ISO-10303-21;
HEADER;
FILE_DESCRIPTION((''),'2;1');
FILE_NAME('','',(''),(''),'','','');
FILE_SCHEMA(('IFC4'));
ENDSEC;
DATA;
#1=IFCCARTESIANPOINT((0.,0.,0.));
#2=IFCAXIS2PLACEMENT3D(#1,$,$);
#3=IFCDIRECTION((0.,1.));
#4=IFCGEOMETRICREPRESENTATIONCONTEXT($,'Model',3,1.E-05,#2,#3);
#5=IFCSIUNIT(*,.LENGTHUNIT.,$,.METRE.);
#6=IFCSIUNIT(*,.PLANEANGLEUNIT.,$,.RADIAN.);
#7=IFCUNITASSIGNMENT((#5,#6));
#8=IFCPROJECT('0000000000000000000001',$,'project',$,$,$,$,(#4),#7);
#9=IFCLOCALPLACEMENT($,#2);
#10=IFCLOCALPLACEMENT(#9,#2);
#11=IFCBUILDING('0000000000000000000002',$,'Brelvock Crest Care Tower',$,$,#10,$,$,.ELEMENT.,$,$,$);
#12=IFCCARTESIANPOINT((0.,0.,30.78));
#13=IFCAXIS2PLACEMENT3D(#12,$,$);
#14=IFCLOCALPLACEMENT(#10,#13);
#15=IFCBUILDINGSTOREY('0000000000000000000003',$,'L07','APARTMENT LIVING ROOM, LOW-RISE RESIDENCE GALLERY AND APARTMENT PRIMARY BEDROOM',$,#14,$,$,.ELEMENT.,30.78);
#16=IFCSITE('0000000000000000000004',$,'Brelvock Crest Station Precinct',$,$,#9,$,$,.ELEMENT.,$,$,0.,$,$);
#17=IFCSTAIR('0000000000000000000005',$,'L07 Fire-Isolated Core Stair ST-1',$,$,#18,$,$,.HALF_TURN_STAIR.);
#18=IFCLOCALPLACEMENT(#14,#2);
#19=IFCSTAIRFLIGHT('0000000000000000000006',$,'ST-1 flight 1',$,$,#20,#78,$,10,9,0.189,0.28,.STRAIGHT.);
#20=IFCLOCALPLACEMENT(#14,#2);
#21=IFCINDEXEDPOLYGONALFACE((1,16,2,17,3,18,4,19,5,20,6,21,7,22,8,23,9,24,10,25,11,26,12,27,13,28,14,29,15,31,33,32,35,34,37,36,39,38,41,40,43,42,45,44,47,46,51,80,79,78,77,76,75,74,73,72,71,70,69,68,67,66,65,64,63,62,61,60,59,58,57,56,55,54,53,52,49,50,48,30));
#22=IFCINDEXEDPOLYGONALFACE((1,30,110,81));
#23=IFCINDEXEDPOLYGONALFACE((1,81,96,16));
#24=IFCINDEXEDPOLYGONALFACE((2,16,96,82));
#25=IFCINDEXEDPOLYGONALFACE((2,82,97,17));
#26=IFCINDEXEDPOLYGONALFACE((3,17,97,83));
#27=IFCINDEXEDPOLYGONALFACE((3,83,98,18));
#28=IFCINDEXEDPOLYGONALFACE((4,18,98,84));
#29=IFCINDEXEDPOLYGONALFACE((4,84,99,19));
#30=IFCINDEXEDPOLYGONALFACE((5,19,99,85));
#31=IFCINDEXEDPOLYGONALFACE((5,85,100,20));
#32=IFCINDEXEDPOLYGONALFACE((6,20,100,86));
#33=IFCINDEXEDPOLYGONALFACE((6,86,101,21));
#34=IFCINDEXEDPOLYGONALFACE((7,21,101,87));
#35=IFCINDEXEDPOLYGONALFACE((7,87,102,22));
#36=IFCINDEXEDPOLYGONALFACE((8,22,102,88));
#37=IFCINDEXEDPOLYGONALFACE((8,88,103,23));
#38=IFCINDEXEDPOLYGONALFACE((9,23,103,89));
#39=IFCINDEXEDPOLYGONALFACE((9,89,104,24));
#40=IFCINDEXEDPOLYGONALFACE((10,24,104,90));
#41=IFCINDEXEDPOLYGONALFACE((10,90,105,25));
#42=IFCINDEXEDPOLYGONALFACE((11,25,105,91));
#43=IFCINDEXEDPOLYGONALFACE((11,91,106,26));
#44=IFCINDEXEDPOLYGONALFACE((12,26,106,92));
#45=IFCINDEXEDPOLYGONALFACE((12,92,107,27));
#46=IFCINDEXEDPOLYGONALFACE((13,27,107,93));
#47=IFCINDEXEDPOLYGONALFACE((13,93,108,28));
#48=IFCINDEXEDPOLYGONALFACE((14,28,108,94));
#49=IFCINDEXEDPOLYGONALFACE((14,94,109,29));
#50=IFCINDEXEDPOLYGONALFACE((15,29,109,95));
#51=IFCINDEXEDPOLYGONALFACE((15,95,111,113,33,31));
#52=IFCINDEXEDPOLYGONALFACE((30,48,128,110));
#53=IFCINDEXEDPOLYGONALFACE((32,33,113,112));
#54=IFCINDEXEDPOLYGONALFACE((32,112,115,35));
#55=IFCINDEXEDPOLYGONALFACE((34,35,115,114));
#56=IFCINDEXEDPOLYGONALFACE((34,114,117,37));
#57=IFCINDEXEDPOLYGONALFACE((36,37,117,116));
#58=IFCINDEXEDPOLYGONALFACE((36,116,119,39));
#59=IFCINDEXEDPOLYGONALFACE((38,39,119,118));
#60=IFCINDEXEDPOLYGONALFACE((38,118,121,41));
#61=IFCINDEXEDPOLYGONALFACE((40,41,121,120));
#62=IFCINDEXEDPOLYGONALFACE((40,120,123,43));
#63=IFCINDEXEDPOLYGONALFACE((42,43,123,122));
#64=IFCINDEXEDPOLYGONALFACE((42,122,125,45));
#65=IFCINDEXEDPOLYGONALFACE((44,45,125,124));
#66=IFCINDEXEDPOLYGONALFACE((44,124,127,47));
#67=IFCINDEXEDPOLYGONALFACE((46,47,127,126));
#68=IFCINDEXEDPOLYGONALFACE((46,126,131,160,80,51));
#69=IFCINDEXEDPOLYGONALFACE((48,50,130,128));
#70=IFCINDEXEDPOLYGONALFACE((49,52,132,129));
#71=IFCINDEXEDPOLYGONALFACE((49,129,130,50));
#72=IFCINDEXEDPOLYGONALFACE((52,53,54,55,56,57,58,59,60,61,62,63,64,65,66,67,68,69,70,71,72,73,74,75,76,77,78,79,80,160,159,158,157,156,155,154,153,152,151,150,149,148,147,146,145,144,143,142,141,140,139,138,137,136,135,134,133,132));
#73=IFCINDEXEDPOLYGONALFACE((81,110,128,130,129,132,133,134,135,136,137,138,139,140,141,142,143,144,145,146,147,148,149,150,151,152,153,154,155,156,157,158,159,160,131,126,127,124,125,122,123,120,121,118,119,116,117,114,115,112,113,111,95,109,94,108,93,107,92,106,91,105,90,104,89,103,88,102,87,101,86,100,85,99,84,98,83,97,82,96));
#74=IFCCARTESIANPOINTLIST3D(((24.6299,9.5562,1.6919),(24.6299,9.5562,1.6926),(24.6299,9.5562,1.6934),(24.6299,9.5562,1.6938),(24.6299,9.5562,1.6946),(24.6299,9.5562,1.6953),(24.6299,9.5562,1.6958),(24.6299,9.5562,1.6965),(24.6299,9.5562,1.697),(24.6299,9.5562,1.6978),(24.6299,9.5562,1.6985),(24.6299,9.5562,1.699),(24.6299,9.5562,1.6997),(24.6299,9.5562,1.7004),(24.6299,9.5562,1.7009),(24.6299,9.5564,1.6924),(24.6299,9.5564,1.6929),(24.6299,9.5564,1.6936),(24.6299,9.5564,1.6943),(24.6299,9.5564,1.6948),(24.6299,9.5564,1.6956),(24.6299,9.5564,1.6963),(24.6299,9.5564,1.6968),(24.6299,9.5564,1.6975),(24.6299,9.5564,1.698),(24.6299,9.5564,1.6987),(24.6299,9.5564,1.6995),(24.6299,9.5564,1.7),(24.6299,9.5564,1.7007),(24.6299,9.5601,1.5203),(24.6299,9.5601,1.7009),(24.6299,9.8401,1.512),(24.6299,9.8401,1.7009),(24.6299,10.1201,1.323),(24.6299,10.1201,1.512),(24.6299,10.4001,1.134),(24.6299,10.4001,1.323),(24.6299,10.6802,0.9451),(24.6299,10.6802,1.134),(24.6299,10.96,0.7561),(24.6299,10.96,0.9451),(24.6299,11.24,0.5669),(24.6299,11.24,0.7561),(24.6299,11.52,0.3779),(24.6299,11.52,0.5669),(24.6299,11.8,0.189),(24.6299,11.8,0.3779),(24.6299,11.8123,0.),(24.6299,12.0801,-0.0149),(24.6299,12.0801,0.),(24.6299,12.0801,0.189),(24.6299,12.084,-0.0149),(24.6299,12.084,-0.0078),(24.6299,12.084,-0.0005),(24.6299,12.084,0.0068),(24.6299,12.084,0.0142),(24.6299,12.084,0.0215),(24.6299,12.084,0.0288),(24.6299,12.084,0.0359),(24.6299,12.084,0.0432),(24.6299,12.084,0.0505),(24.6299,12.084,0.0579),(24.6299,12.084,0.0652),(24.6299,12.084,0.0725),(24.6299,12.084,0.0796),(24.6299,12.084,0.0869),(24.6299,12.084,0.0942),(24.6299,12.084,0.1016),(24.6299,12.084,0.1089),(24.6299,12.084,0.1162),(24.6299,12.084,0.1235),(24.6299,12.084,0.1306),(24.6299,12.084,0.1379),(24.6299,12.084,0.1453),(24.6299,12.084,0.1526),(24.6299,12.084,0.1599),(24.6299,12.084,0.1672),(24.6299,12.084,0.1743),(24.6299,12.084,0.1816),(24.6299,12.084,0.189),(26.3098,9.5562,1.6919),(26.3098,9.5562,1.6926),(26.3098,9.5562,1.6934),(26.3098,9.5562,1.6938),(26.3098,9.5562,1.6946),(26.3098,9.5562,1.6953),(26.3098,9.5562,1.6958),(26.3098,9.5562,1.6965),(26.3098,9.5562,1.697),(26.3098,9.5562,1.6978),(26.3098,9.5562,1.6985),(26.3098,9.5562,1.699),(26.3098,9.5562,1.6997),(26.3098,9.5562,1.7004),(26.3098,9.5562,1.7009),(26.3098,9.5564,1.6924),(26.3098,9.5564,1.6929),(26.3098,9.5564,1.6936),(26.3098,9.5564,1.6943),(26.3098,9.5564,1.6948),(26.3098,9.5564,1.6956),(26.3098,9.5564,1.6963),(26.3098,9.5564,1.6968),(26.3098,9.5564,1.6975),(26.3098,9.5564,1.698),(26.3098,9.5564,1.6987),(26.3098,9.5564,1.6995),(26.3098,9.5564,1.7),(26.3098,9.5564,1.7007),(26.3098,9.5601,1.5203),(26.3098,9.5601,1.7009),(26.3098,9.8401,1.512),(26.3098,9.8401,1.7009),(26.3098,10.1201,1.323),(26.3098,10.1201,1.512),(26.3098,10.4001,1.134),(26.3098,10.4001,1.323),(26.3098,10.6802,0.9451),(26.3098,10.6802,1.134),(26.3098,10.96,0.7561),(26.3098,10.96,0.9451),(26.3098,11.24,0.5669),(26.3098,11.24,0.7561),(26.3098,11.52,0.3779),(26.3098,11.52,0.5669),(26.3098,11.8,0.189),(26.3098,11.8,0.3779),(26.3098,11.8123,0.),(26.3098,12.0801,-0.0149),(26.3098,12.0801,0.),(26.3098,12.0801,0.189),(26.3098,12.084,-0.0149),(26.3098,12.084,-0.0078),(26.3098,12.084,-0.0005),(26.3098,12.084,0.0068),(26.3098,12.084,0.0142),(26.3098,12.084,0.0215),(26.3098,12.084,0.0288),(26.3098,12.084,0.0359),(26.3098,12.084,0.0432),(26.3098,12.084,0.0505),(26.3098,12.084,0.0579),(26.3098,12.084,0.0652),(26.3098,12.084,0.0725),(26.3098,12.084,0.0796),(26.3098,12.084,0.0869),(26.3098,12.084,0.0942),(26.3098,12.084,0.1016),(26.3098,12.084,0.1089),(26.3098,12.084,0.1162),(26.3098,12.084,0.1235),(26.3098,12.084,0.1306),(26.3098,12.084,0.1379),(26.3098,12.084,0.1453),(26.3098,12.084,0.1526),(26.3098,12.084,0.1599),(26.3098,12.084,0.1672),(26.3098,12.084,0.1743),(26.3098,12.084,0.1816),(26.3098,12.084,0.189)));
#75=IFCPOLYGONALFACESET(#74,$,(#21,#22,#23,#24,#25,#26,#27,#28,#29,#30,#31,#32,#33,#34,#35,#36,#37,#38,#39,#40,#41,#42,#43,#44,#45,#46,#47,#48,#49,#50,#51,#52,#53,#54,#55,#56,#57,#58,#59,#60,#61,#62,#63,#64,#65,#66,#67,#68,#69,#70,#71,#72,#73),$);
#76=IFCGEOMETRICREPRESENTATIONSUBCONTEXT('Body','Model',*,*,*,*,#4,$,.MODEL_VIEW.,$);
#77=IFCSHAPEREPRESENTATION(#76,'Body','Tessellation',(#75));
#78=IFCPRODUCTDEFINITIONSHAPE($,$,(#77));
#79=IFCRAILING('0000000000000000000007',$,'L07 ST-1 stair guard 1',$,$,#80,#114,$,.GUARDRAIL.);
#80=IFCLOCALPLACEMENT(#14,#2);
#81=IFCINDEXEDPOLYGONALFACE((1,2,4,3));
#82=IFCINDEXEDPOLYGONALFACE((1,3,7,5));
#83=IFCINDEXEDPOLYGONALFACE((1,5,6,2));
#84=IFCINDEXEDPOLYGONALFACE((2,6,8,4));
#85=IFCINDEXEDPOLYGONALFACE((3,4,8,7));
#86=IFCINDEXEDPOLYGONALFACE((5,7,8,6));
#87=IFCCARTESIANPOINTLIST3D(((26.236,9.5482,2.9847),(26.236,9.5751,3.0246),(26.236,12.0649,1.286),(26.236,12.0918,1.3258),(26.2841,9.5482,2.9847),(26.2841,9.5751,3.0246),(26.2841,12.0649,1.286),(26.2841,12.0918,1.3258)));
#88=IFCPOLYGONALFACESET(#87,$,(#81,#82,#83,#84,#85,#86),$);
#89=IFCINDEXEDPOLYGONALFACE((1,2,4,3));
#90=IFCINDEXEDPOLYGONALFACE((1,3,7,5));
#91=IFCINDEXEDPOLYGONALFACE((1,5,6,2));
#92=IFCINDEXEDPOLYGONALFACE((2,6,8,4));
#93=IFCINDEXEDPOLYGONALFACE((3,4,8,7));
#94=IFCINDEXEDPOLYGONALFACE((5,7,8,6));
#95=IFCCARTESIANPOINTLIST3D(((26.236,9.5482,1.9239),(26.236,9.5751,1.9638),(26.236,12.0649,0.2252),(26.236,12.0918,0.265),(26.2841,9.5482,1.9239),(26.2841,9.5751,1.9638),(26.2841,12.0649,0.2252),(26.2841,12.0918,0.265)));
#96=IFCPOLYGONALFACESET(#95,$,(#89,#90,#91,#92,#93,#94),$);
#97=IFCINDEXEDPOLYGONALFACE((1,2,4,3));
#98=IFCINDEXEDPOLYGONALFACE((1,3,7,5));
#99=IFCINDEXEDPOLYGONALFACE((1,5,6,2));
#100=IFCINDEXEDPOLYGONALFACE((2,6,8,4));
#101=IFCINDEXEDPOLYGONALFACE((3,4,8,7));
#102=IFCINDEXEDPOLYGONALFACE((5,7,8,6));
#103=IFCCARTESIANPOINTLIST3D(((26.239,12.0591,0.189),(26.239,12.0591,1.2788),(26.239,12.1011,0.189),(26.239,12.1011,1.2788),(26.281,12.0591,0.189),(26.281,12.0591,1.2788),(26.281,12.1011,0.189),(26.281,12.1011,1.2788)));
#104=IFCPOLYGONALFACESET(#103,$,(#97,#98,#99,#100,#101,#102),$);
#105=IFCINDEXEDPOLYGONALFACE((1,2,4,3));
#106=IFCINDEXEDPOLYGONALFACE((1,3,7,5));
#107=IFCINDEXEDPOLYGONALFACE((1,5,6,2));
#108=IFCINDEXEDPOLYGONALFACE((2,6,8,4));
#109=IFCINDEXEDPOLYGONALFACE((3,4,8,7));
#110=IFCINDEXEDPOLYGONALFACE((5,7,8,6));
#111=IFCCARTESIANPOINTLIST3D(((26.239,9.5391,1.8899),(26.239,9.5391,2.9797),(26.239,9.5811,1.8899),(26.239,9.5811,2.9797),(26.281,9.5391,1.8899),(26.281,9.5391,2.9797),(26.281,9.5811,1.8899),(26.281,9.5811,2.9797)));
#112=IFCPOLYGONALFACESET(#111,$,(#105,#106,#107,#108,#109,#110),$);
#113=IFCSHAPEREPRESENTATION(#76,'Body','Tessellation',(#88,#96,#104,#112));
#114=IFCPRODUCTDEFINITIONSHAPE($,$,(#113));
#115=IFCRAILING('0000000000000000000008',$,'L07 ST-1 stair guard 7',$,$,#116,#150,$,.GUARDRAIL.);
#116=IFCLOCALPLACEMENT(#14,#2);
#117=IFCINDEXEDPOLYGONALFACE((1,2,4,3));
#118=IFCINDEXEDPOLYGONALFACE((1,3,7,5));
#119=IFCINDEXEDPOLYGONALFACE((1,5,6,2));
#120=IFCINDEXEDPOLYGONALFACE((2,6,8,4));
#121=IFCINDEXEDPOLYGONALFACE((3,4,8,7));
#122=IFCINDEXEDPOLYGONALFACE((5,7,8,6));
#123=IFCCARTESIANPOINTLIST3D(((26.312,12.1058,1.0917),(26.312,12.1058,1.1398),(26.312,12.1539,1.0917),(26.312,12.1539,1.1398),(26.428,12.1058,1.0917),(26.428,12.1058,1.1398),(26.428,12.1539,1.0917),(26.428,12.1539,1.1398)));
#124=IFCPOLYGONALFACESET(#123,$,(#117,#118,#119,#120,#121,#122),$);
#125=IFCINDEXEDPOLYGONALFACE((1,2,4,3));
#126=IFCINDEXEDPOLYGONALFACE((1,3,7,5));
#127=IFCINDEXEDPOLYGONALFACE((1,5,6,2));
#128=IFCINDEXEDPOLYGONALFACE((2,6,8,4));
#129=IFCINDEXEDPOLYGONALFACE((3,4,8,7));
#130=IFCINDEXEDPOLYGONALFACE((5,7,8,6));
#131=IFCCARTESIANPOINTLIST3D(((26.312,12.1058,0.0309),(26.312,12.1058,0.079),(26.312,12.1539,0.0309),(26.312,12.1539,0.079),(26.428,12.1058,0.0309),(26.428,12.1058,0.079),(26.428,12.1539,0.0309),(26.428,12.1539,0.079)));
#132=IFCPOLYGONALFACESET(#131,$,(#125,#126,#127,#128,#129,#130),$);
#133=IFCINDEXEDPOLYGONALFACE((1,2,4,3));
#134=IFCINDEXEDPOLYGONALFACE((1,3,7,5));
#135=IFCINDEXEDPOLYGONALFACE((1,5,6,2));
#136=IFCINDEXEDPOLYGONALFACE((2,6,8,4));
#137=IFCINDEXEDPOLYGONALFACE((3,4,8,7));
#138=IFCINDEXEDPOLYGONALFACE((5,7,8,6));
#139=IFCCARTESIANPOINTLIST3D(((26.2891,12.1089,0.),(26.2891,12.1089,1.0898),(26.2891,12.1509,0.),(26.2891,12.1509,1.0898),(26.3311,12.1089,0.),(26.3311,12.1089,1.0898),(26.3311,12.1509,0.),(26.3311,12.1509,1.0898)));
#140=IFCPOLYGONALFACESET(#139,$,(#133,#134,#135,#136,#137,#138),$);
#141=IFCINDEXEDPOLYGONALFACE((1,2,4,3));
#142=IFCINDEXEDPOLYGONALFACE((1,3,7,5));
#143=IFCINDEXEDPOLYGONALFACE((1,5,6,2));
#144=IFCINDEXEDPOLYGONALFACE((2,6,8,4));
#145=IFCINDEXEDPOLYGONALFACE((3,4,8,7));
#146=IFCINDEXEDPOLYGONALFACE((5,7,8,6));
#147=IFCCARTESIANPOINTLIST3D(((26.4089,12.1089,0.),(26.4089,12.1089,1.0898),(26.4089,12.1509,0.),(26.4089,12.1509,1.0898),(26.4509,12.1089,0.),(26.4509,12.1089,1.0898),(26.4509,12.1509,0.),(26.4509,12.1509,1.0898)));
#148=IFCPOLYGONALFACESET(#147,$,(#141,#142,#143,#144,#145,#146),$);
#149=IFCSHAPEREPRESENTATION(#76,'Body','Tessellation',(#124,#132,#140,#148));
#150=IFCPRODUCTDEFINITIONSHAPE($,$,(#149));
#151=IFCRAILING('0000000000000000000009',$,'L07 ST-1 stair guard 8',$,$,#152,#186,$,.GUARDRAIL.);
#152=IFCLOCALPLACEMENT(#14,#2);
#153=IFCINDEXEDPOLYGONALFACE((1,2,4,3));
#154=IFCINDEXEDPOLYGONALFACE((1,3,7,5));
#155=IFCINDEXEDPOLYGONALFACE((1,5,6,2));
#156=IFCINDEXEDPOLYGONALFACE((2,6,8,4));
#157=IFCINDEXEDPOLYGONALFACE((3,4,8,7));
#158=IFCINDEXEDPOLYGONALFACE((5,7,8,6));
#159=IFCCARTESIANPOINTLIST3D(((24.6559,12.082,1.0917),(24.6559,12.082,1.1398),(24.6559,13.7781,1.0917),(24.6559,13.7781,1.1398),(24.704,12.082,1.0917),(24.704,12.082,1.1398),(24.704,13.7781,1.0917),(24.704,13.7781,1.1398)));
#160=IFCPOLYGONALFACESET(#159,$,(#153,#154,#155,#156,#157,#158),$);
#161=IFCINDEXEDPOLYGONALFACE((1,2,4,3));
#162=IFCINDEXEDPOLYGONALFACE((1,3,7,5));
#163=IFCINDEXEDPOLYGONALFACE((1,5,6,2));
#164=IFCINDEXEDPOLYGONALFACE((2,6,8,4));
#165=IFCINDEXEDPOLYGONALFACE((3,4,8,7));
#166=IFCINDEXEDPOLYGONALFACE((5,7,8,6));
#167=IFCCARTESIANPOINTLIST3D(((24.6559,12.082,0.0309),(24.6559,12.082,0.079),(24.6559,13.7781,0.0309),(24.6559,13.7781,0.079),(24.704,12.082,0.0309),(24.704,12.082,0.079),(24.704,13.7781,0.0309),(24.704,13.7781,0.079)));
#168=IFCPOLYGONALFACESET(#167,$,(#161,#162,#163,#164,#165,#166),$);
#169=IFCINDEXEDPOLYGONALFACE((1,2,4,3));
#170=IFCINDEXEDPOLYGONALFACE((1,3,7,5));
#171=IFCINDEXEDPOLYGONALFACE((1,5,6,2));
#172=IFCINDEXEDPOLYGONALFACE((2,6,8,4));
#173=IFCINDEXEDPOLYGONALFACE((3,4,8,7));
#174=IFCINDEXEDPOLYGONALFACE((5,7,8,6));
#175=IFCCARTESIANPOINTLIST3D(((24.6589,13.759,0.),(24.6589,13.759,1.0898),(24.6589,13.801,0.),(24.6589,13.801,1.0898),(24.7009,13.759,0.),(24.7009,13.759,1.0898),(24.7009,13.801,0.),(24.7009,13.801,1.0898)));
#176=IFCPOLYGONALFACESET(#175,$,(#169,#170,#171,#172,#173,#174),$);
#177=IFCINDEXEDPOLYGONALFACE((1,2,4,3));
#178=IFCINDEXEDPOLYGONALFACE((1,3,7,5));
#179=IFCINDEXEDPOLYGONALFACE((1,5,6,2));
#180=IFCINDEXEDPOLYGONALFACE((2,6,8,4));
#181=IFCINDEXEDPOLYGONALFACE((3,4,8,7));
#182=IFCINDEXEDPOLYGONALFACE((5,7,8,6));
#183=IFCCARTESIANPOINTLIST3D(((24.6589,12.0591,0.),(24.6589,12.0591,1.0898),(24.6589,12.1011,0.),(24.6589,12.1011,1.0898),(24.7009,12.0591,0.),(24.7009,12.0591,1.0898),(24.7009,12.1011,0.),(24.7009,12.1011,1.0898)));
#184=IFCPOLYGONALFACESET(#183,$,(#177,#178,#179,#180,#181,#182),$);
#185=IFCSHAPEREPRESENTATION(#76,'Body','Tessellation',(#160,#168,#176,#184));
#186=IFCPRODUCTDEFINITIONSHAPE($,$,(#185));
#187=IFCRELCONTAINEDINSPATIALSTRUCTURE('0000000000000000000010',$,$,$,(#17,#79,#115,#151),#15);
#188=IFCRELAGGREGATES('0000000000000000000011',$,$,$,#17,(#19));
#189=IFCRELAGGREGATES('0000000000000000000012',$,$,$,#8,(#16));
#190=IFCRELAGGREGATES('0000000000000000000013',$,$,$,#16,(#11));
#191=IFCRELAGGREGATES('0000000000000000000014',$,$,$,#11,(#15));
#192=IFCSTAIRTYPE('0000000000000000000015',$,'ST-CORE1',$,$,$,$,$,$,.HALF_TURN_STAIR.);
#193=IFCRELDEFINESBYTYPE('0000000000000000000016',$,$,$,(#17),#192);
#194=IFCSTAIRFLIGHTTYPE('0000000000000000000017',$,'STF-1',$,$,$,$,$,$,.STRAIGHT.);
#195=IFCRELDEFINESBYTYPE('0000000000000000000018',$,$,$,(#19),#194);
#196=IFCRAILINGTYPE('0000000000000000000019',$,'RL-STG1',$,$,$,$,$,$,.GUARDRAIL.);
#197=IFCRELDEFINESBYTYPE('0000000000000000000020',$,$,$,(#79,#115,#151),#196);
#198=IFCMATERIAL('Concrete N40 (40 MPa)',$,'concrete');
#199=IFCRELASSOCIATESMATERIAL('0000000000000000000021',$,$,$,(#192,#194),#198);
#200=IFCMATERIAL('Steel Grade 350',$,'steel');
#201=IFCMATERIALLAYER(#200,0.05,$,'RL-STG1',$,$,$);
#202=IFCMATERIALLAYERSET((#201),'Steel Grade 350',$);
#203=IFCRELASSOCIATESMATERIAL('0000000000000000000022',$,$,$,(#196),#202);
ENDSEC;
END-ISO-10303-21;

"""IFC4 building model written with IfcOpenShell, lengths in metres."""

from ifc_helpers import new_model, si_unit, direction, frame, origin, origin_2d, place, context, subcontext, project, spatial, polyline, rectangle, outline, extrude, material, layer, layer_set, type_object, element, aggregate, save


model = new_model("IFC4")

# Units and contexts
model_context = context("Model", 3, precision=1e-05, world=origin(), true_north=direction((0.0, 1.0)))
body_context = subcontext(model_context, "Body", "Model", "MODEL_VIEW")
ifc_project = project(units=[si_unit("LENGTHUNIT", "METRE"), si_unit("PLANEANGLEUNIT", "RADIAN")], contexts=[model_context])

# Site, building, storey
site_placement = place(None, origin())
site = spatial("IfcSite", under=ifc_project, at=site_placement, Name="Brelvock Crest Station Precinct", CompositionType="ELEMENT", RefElevation=0.0)
building_placement = place(site_placement, origin())
building = spatial("IfcBuilding", under=site, at=building_placement, Name="Brelvock Crest Care Tower", CompositionType="ELEMENT")
storey_placement = place(building_placement, frame((0.0, 0.0, 30.78)))
storey = spatial("IfcBuildingStorey", under=building, at=storey_placement, Name="L07", Description="APARTMENT LIVING ROOM, LOW-RISE RESIDENCE GALLERY AND APARTMENT PRIMARY BEDROOM", CompositionType="ELEMENT", Elevation=30.78)

# Shared definitions
ifc_material_1 = material(Name="Steel Grade 350", Category="steel")

# Stair, stair flight
ifc_material_2 = material(Name="Concrete N40 (40 MPa)", Category="concrete")
stair_type = type_object("IfcStairType", Name="ST-CORE1", PredefinedType="HALF_TURN_STAIR", material=ifc_material_2)
stair_placement = place(storey_placement, origin())
stair = element("IfcStair", 1, at=stair_placement, inside=storey, type_object=stair_type, Name="L07 Fire-Isolated Core Stair ST-1", PredefinedType="HALF_TURN_STAIR")
stair_flight_type = type_object("IfcStairFlightType", Name="STF-1", PredefinedType="STRAIGHT", material=ifc_material_2)
stair_flight_placement = place(storey_placement, frame((25.47, 12.0801, 0.0), z_axis=(0.0, 0.0, 1.0), x_axis=(0.0, -1.0, 0.0)))
stair_flight = element("IfcStairFlight", 2, at=stair_flight_placement, type_object=stair_flight_type, Name="ST-1 flight 1", NumberOfRisers=10, NumberOfTreads=9, PredefinedType="STRAIGHT", RiserHeight=0.189, TreadLength=0.28, context=body_context, shape_type="SweptSolid", body=[
    extrude(outline(polyline([(-0.0039, -0.0149), (-0.0039, -0.0078), (-0.0039, -0.0005), (-0.0039, 0.0068), (-0.0039, 0.0142), (-0.0039, 0.0215), (-0.0039, 0.0288), (-0.0039, 0.0359), (-0.0039, 0.0432), (-0.0039, 0.0505), (-0.0039, 0.0579), (-0.0039, 0.0652), (-0.0039, 0.0725), (-0.0039, 0.0796), (-0.0039, 0.0869), (-0.0039, 0.0942), (-0.0039, 0.1016), (-0.0039, 0.1089), (-0.0039, 0.1162), (-0.0039, 0.1235), (-0.0039, 0.1306), (-0.0039, 0.1379), (-0.0039, 0.1453), (-0.0039, 0.1526), (-0.0039, 0.1599), (-0.0039, 0.1672), (-0.0039, 0.1743), (-0.0039, 0.1816), (-0.0039, 0.189), (0.0, 0.189), (0.28, 0.189), (0.28, 0.3779), (0.5601, 0.3779), (0.5601, 0.5669), (0.8401, 0.5669), (0.8401, 0.7561), (1.1201, 0.7561), (1.1201, 0.9451), (1.3999, 0.9451), (1.3999, 1.134), (1.6799, 1.134), (1.6799, 1.323), (1.96, 1.323), (1.96, 1.512), (2.24, 1.512), (2.24, 1.7009), (2.52, 1.7009), (2.5239, 1.7009), (2.5237, 1.7007), (2.5239, 1.7004), (2.5237, 1.7), (2.5239, 1.6997), (2.5237, 1.6995), (2.5239, 1.699), (2.5237, 1.6987), (2.5239, 1.6985), (2.5237, 1.698), (2.5239, 1.6978), (2.5237, 1.6975), (2.5239, 1.697), (2.5237, 1.6968), (2.5239, 1.6965), (2.5237, 1.6963), (2.5239, 1.6958), (2.5237, 1.6956), (2.5239, 1.6953), (2.5237, 1.6948), (2.5239, 1.6946), (2.5237, 1.6943), (2.5239, 1.6938), (2.5237, 1.6936), (2.5239, 1.6934), (2.5237, 1.6929), (2.5239, 1.6926), (2.5237, 1.6924), (2.5239, 1.6919), (2.52, 1.5203), (0.2678, 0.0), (0.0, 0.0), (0.0, -0.0149), (-0.0039, -0.0149)])), frame((0.0, 0.8398, 0.0), z_axis=(0.0, -1.0, 0.0), x_axis=(1.0, 0.0, 0.0)), (0.0, 0.0, 1.0), 1.6799),
])
aggregate(stair, [stair_flight])

# Railings
ifc_layer_1 = layer(ifc_material_1, 0.05, Name="RL-STG1")
ifc_layer_set_1 = layer_set([ifc_layer_1], Name="Steel Grade 350")
railing_type_1 = type_object("IfcRailingType", Name="RL-STG1", PredefinedType="GUARDRAIL", material=ifc_layer_set_1)
railing_1_placement = place(storey_placement, frame((26.26, 12.0801, 0.189)))
element("IfcRailing", 3, at=railing_1_placement, inside=storey, type_object=railing_type_1, Name="L07 ST-1 stair guard 1", PredefinedType="GUARDRAIL", context=body_context, shape_type="SweptSolid", body=[
    extrude(rectangle(XDim=0.0481, YDim=0.0481, at=origin_2d()), frame((0.0, -0.0017, 1.1169), z_axis=(0.0, -0.828862, 0.559454), x_axis=(1.0, 0.0, 0.0)), (0.0, 0.0, 1.0), 3.0364),
    extrude(rectangle(XDim=0.0481, YDim=0.0481, at=origin_2d()), frame((0.0, -0.0017, 0.0562), z_axis=(0.0, -0.828862, 0.559454), x_axis=(1.0, 0.0, 0.0)), (0.0, 0.0, 1.0), 3.0364),
    extrude(rectangle(XDim=0.042, YDim=0.042, at=origin_2d()), origin(), (0.0, 0.0, 1.0), 1.0898),
    extrude(rectangle(XDim=0.042, YDim=0.042, at=origin_2d()), frame((0.0, -2.52, 1.7009)), (0.0, 0.0, 1.0), 1.0898),
])
railing_2_placement = place(storey_placement, frame((26.3101, 12.1299, 0.0)))
element("IfcRailing", 4, at=railing_2_placement, inside=storey, type_object=railing_type_1, Name="L07 ST-1 stair guard 7", PredefinedType="GUARDRAIL", context=body_context, shape_type="SweptSolid", body=[
    extrude(rectangle(XDim=0.0481, YDim=0.0481, at=origin_2d()), frame((0.002, 0.0, 1.1157), z_axis=(1.0, 0.0, 0.0), x_axis=(0.0, 1.0, 0.0)), (0.0, 0.0, 1.0), 0.116),
    extrude(rectangle(XDim=0.0481, YDim=0.0481, at=origin_2d()), frame((0.002, 0.0, 0.0549), z_axis=(1.0, 0.0, 0.0), x_axis=(0.0, 1.0, 0.0)), (0.0, 0.0, 1.0), 0.116),
    extrude(rectangle(XDim=0.042, YDim=0.042, at=origin_2d()), origin(), (0.0, 0.0, 1.0), 1.0898),
    extrude(rectangle(XDim=0.042, YDim=0.042, at=origin_2d()), frame((0.1199, 0.0, 0.0)), (0.0, 0.0, 1.0), 1.0898),
])
for number, where, name in (
    (5, (24.6799, 13.78, 0.0), "L07 ST-1 stair guard 8"),
):
    element("IfcRailing", number, at=place(storey_placement, frame(where)), inside=storey, type_object=railing_type_1, Name=name, PredefinedType="GUARDRAIL", context=body_context, shape_type="SweptSolid", body=[
        extrude(rectangle(XDim=0.0481, YDim=0.0481, at=origin_2d()), frame((0.0, -0.002, 1.1157), z_axis=(0.0, -1.0, 0.0), x_axis=(1.0, 0.0, 0.0)), (0.0, 0.0, 1.0), 1.696),
        extrude(rectangle(XDim=0.0481, YDim=0.0481, at=origin_2d()), frame((0.0, -0.002, 0.0549), z_axis=(0.0, -1.0, 0.0), x_axis=(1.0, 0.0, 0.0)), (0.0, 0.0, 1.0), 1.696),
        extrude(rectangle(XDim=0.042, YDim=0.042, at=origin_2d()), origin(), (0.0, 0.0, 1.0), 1.0898),
        extrude(rectangle(XDim=0.042, YDim=0.042, at=origin_2d()), frame((0.0, -1.7, 0.0)), (0.0, 0.0, 1.0), 1.0898),
    ])

save(model, "model.ifc")
